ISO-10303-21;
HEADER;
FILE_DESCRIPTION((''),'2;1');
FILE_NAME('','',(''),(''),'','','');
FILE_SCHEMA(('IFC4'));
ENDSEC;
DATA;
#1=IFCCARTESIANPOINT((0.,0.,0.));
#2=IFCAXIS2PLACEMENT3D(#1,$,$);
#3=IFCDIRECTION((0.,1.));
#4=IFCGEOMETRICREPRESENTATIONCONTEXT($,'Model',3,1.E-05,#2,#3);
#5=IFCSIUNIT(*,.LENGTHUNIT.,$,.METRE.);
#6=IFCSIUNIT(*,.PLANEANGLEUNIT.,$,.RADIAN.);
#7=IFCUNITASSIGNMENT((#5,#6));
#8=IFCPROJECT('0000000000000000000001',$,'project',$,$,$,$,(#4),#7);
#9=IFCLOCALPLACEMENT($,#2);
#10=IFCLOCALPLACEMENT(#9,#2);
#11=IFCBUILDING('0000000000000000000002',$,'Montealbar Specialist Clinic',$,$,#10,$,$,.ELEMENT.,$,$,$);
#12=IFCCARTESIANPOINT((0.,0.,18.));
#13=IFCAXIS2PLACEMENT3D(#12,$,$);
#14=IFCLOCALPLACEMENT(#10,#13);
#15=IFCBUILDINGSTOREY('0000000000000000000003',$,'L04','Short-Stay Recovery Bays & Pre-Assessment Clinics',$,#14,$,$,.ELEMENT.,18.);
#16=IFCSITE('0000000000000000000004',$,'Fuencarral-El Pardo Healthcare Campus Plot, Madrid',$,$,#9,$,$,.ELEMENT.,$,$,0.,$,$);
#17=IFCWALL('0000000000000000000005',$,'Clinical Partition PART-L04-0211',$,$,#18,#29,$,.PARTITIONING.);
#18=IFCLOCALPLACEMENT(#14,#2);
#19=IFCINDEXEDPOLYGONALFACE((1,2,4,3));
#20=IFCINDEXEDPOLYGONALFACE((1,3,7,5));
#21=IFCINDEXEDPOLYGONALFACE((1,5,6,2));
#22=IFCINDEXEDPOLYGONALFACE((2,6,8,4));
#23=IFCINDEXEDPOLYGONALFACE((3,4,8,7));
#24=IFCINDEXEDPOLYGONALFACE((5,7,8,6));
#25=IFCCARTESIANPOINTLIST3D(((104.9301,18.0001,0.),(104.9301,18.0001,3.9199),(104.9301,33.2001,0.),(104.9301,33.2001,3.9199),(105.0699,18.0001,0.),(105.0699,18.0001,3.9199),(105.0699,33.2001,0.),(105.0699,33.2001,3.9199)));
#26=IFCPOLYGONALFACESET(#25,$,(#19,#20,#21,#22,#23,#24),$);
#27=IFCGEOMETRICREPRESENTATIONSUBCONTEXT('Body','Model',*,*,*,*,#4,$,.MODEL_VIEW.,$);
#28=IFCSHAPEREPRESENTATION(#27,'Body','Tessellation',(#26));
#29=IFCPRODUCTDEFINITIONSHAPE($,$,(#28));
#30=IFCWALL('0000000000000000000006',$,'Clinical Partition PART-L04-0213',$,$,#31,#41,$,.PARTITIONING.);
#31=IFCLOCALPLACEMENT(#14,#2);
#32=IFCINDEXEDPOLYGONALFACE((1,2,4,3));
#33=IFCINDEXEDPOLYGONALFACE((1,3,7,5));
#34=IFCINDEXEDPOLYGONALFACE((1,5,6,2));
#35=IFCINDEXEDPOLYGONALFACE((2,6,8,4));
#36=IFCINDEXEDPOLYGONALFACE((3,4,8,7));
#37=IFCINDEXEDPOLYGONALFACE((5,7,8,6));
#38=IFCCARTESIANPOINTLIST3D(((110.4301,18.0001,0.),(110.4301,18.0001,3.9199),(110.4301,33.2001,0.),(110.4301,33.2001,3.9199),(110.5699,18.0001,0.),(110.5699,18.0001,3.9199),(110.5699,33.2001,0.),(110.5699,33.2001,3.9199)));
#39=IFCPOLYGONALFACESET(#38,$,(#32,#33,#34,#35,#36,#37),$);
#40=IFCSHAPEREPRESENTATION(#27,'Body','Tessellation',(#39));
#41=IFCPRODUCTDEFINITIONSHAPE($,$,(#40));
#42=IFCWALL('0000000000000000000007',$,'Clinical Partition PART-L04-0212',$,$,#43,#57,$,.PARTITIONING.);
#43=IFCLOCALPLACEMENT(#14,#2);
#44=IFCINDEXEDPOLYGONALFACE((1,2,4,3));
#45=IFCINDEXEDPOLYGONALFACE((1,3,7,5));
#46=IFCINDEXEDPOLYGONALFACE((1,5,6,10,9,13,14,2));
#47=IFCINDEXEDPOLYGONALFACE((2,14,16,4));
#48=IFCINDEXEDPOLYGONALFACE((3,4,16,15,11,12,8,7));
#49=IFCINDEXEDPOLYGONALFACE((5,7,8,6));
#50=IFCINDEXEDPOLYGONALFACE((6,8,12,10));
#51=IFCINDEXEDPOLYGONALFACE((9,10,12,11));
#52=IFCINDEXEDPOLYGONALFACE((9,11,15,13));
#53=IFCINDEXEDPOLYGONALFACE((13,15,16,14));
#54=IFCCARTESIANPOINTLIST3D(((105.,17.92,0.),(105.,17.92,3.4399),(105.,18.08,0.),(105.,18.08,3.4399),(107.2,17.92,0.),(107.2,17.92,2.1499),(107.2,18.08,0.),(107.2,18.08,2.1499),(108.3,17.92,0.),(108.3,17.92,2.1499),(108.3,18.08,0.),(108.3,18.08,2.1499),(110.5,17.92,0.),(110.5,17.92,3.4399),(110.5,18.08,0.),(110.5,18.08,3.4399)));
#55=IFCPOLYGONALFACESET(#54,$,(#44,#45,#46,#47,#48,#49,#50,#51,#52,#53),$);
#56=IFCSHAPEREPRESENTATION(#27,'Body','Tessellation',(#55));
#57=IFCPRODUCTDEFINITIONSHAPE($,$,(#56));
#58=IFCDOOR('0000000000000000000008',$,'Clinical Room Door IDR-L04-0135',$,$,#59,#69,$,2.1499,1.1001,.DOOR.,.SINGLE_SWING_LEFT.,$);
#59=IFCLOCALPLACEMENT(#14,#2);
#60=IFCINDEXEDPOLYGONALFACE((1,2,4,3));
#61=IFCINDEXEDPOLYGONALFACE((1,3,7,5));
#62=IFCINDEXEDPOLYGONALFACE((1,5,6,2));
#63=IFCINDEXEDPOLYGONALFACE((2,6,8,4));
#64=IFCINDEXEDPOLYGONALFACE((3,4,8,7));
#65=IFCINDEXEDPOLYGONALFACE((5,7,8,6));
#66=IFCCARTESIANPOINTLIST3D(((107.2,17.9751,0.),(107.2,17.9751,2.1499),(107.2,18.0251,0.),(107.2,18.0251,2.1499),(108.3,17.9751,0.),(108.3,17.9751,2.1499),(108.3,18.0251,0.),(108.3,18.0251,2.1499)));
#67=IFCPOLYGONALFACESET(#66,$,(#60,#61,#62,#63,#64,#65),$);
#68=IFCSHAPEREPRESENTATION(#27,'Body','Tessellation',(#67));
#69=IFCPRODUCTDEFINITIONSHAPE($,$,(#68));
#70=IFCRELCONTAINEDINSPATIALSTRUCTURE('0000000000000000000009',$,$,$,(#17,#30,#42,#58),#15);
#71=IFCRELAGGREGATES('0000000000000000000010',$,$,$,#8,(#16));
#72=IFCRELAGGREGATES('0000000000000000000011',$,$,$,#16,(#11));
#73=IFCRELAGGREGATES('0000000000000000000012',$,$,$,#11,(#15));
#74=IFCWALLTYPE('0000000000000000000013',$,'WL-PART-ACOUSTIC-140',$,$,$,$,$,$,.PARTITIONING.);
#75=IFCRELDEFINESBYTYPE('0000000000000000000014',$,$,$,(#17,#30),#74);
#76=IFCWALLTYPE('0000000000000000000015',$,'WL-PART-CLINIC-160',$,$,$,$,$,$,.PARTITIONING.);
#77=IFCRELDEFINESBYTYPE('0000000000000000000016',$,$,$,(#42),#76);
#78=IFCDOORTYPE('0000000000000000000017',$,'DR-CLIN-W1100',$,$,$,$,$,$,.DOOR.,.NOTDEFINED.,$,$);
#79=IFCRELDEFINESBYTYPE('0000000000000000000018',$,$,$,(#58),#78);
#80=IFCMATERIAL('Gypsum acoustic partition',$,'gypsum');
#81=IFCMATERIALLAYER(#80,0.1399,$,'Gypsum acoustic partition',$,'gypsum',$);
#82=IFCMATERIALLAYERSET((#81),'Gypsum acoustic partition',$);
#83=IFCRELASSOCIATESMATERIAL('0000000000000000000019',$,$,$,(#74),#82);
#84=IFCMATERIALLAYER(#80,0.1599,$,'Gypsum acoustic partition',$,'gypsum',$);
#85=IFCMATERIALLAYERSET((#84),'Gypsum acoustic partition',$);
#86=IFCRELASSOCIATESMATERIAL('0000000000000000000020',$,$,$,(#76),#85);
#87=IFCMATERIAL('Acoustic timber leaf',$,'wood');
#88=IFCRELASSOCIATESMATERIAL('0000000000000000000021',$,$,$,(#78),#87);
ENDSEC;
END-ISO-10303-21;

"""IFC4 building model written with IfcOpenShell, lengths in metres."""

from ifc_helpers import new_model, si_unit, direction, frame, frame_2d, origin, place, context, subcontext, project, spatial, rectangle, extrude, material, layer, layer_set, type_object, element, fill, save


model = new_model("IFC4")

# Units and contexts
model_context = context("Model", 3, precision=1e-05, world=origin(), true_north=direction((0.0, 1.0)))
body_context = subcontext(model_context, "Body", "Model", "MODEL_VIEW")
ifc_project = project(units=[si_unit("LENGTHUNIT", "METRE"), si_unit("PLANEANGLEUNIT", "RADIAN")], contexts=[model_context])

# Site, building, storey
site_placement = place(None, origin())
site = spatial("IfcSite", under=ifc_project, at=site_placement, Name="Fuencarral-El Pardo Healthcare Campus Plot, Madrid", CompositionType="ELEMENT", RefElevation=0.0)
building_placement = place(site_placement, origin())
building = spatial("IfcBuilding", under=site, at=building_placement, Name="Montealbar Specialist Clinic", CompositionType="ELEMENT")
storey_placement = place(building_placement, frame((0.0, 0.0, 18.0)))
storey = spatial("IfcBuildingStorey", under=building, at=storey_placement, Name="L04", Description="Short-Stay Recovery Bays & Pre-Assessment Clinics", CompositionType="ELEMENT", Elevation=18.0)

# Walls
ifc_material_1 = material(Name="Gypsum acoustic partition", Category="gypsum")
ifc_layer_1 = layer(ifc_material_1, 0.1399, Name="Gypsum acoustic partition", Category="gypsum")
ifc_layer_set_1 = layer_set([ifc_layer_1], Name="Gypsum acoustic partition")
wall_type_1 = type_object("IfcWallType", Name="WL-PART-ACOUSTIC-140", PredefinedType="PARTITIONING", material=ifc_layer_set_1)
for number, where, z_axis, x_axis, name in (
    (1, (105.0, 18.0, 0.0), (0.0, 0.0, 1.0), (0.0, 1.0, 0.0), "Clinical Partition PART-L04-0211"),
    (2, (110.5, 18.0, 0.0), (0.0, 0.0, 1.0), (0.0, 1.0, 0.0), "Clinical Partition PART-L04-0213"),
):
    element("IfcWall", number, at=place(storey_placement, frame(where, z_axis=z_axis, x_axis=x_axis)), inside=storey, type_object=wall_type_1, Name=name, PredefinedType="PARTITIONING", context=body_context, shape_type="SweptSolid", body=[
        extrude(rectangle(XDim=15.2, YDim=0.1399, at=frame_2d((7.6001, 0.0))), origin(), (0.0, 0.0, 1.0), 3.9199),
    ])

# Wall, opening, door
ifc_layer_2 = layer(ifc_material_1, 0.1599, Name="Gypsum acoustic partition", Category="gypsum")
ifc_layer_set_2 = layer_set([ifc_layer_2], Name="Gypsum acoustic partition")
wall_type_2 = type_object("IfcWallType", Name="WL-PART-CLINIC-160", PredefinedType="PARTITIONING", material=ifc_layer_set_2)
wall_1_placement = place(storey_placement, frame((105.0, 18.0, 0.0), z_axis=(0.0, 0.0, 1.0), x_axis=(1.0, 0.0, 0.0)))
wall_1 = element("IfcWall", 3, at=wall_1_placement, inside=storey, type_object=wall_type_2, Name="Clinical Partition PART-L04-0212", PredefinedType="PARTITIONING", context=body_context, shape_type="SweptSolid", body=[
    extrude(rectangle(XDim=5.5, YDim=0.1599, at=frame_2d((2.75, 0.0))), origin(), (0.0, 0.0, 1.0), 3.4399),
])
opening_1_placement = place(wall_1_placement, frame((2.2, 0.0, 0.0)))
opening_1 = element("IfcOpeningElement", 4, at=opening_1_placement, cuts=wall_1, PredefinedType="OPENING", context=body_context, shape_type="SweptSolid", body=[
    extrude(rectangle(XDim=1.1001, YDim=2.1499, at=frame_2d((0.55, 1.075))), frame((0.0, 0.0898, 0.0), z_axis=(0.0, -1.0, 0.0), x_axis=(1.0, 0.0, 0.0)), (0.0, 0.0, 1.0), 0.1799),
])
ifc_material_2 = material(Name="Acoustic timber leaf", Category="wood")
door_type_1 = type_object("IfcDoorType", Name="DR-CLIN-W1100", OperationType="NOTDEFINED", PredefinedType="DOOR", material=ifc_material_2)
door_1_placement = place(opening_1_placement, frame((1.1001, 0.0, 0.0), z_axis=(0.0, 0.0, 1.0), x_axis=(-1.0, 0.0, 0.0)))
door_1 = element("IfcDoor", 5, at=door_1_placement, inside=storey, type_object=door_type_1, Name="Clinical Room Door IDR-L04-0135", OperationType="SINGLE_SWING_LEFT", OverallHeight=2.1499, OverallWidth=1.1001, PredefinedType="DOOR", context=body_context, shape_type="SweptSolid", body=[
    extrude(rectangle(XDim=1.1001, YDim=2.1499, at=frame_2d((0.55, 1.075))), frame((0.0, 0.0249, 0.0), z_axis=(0.0, -1.0, 0.0), x_axis=(1.0, 0.0, 0.0)), (0.0, 0.0, 1.0), 0.05),
])
fill(opening_1, door_1)

save(model, "model.ifc")
